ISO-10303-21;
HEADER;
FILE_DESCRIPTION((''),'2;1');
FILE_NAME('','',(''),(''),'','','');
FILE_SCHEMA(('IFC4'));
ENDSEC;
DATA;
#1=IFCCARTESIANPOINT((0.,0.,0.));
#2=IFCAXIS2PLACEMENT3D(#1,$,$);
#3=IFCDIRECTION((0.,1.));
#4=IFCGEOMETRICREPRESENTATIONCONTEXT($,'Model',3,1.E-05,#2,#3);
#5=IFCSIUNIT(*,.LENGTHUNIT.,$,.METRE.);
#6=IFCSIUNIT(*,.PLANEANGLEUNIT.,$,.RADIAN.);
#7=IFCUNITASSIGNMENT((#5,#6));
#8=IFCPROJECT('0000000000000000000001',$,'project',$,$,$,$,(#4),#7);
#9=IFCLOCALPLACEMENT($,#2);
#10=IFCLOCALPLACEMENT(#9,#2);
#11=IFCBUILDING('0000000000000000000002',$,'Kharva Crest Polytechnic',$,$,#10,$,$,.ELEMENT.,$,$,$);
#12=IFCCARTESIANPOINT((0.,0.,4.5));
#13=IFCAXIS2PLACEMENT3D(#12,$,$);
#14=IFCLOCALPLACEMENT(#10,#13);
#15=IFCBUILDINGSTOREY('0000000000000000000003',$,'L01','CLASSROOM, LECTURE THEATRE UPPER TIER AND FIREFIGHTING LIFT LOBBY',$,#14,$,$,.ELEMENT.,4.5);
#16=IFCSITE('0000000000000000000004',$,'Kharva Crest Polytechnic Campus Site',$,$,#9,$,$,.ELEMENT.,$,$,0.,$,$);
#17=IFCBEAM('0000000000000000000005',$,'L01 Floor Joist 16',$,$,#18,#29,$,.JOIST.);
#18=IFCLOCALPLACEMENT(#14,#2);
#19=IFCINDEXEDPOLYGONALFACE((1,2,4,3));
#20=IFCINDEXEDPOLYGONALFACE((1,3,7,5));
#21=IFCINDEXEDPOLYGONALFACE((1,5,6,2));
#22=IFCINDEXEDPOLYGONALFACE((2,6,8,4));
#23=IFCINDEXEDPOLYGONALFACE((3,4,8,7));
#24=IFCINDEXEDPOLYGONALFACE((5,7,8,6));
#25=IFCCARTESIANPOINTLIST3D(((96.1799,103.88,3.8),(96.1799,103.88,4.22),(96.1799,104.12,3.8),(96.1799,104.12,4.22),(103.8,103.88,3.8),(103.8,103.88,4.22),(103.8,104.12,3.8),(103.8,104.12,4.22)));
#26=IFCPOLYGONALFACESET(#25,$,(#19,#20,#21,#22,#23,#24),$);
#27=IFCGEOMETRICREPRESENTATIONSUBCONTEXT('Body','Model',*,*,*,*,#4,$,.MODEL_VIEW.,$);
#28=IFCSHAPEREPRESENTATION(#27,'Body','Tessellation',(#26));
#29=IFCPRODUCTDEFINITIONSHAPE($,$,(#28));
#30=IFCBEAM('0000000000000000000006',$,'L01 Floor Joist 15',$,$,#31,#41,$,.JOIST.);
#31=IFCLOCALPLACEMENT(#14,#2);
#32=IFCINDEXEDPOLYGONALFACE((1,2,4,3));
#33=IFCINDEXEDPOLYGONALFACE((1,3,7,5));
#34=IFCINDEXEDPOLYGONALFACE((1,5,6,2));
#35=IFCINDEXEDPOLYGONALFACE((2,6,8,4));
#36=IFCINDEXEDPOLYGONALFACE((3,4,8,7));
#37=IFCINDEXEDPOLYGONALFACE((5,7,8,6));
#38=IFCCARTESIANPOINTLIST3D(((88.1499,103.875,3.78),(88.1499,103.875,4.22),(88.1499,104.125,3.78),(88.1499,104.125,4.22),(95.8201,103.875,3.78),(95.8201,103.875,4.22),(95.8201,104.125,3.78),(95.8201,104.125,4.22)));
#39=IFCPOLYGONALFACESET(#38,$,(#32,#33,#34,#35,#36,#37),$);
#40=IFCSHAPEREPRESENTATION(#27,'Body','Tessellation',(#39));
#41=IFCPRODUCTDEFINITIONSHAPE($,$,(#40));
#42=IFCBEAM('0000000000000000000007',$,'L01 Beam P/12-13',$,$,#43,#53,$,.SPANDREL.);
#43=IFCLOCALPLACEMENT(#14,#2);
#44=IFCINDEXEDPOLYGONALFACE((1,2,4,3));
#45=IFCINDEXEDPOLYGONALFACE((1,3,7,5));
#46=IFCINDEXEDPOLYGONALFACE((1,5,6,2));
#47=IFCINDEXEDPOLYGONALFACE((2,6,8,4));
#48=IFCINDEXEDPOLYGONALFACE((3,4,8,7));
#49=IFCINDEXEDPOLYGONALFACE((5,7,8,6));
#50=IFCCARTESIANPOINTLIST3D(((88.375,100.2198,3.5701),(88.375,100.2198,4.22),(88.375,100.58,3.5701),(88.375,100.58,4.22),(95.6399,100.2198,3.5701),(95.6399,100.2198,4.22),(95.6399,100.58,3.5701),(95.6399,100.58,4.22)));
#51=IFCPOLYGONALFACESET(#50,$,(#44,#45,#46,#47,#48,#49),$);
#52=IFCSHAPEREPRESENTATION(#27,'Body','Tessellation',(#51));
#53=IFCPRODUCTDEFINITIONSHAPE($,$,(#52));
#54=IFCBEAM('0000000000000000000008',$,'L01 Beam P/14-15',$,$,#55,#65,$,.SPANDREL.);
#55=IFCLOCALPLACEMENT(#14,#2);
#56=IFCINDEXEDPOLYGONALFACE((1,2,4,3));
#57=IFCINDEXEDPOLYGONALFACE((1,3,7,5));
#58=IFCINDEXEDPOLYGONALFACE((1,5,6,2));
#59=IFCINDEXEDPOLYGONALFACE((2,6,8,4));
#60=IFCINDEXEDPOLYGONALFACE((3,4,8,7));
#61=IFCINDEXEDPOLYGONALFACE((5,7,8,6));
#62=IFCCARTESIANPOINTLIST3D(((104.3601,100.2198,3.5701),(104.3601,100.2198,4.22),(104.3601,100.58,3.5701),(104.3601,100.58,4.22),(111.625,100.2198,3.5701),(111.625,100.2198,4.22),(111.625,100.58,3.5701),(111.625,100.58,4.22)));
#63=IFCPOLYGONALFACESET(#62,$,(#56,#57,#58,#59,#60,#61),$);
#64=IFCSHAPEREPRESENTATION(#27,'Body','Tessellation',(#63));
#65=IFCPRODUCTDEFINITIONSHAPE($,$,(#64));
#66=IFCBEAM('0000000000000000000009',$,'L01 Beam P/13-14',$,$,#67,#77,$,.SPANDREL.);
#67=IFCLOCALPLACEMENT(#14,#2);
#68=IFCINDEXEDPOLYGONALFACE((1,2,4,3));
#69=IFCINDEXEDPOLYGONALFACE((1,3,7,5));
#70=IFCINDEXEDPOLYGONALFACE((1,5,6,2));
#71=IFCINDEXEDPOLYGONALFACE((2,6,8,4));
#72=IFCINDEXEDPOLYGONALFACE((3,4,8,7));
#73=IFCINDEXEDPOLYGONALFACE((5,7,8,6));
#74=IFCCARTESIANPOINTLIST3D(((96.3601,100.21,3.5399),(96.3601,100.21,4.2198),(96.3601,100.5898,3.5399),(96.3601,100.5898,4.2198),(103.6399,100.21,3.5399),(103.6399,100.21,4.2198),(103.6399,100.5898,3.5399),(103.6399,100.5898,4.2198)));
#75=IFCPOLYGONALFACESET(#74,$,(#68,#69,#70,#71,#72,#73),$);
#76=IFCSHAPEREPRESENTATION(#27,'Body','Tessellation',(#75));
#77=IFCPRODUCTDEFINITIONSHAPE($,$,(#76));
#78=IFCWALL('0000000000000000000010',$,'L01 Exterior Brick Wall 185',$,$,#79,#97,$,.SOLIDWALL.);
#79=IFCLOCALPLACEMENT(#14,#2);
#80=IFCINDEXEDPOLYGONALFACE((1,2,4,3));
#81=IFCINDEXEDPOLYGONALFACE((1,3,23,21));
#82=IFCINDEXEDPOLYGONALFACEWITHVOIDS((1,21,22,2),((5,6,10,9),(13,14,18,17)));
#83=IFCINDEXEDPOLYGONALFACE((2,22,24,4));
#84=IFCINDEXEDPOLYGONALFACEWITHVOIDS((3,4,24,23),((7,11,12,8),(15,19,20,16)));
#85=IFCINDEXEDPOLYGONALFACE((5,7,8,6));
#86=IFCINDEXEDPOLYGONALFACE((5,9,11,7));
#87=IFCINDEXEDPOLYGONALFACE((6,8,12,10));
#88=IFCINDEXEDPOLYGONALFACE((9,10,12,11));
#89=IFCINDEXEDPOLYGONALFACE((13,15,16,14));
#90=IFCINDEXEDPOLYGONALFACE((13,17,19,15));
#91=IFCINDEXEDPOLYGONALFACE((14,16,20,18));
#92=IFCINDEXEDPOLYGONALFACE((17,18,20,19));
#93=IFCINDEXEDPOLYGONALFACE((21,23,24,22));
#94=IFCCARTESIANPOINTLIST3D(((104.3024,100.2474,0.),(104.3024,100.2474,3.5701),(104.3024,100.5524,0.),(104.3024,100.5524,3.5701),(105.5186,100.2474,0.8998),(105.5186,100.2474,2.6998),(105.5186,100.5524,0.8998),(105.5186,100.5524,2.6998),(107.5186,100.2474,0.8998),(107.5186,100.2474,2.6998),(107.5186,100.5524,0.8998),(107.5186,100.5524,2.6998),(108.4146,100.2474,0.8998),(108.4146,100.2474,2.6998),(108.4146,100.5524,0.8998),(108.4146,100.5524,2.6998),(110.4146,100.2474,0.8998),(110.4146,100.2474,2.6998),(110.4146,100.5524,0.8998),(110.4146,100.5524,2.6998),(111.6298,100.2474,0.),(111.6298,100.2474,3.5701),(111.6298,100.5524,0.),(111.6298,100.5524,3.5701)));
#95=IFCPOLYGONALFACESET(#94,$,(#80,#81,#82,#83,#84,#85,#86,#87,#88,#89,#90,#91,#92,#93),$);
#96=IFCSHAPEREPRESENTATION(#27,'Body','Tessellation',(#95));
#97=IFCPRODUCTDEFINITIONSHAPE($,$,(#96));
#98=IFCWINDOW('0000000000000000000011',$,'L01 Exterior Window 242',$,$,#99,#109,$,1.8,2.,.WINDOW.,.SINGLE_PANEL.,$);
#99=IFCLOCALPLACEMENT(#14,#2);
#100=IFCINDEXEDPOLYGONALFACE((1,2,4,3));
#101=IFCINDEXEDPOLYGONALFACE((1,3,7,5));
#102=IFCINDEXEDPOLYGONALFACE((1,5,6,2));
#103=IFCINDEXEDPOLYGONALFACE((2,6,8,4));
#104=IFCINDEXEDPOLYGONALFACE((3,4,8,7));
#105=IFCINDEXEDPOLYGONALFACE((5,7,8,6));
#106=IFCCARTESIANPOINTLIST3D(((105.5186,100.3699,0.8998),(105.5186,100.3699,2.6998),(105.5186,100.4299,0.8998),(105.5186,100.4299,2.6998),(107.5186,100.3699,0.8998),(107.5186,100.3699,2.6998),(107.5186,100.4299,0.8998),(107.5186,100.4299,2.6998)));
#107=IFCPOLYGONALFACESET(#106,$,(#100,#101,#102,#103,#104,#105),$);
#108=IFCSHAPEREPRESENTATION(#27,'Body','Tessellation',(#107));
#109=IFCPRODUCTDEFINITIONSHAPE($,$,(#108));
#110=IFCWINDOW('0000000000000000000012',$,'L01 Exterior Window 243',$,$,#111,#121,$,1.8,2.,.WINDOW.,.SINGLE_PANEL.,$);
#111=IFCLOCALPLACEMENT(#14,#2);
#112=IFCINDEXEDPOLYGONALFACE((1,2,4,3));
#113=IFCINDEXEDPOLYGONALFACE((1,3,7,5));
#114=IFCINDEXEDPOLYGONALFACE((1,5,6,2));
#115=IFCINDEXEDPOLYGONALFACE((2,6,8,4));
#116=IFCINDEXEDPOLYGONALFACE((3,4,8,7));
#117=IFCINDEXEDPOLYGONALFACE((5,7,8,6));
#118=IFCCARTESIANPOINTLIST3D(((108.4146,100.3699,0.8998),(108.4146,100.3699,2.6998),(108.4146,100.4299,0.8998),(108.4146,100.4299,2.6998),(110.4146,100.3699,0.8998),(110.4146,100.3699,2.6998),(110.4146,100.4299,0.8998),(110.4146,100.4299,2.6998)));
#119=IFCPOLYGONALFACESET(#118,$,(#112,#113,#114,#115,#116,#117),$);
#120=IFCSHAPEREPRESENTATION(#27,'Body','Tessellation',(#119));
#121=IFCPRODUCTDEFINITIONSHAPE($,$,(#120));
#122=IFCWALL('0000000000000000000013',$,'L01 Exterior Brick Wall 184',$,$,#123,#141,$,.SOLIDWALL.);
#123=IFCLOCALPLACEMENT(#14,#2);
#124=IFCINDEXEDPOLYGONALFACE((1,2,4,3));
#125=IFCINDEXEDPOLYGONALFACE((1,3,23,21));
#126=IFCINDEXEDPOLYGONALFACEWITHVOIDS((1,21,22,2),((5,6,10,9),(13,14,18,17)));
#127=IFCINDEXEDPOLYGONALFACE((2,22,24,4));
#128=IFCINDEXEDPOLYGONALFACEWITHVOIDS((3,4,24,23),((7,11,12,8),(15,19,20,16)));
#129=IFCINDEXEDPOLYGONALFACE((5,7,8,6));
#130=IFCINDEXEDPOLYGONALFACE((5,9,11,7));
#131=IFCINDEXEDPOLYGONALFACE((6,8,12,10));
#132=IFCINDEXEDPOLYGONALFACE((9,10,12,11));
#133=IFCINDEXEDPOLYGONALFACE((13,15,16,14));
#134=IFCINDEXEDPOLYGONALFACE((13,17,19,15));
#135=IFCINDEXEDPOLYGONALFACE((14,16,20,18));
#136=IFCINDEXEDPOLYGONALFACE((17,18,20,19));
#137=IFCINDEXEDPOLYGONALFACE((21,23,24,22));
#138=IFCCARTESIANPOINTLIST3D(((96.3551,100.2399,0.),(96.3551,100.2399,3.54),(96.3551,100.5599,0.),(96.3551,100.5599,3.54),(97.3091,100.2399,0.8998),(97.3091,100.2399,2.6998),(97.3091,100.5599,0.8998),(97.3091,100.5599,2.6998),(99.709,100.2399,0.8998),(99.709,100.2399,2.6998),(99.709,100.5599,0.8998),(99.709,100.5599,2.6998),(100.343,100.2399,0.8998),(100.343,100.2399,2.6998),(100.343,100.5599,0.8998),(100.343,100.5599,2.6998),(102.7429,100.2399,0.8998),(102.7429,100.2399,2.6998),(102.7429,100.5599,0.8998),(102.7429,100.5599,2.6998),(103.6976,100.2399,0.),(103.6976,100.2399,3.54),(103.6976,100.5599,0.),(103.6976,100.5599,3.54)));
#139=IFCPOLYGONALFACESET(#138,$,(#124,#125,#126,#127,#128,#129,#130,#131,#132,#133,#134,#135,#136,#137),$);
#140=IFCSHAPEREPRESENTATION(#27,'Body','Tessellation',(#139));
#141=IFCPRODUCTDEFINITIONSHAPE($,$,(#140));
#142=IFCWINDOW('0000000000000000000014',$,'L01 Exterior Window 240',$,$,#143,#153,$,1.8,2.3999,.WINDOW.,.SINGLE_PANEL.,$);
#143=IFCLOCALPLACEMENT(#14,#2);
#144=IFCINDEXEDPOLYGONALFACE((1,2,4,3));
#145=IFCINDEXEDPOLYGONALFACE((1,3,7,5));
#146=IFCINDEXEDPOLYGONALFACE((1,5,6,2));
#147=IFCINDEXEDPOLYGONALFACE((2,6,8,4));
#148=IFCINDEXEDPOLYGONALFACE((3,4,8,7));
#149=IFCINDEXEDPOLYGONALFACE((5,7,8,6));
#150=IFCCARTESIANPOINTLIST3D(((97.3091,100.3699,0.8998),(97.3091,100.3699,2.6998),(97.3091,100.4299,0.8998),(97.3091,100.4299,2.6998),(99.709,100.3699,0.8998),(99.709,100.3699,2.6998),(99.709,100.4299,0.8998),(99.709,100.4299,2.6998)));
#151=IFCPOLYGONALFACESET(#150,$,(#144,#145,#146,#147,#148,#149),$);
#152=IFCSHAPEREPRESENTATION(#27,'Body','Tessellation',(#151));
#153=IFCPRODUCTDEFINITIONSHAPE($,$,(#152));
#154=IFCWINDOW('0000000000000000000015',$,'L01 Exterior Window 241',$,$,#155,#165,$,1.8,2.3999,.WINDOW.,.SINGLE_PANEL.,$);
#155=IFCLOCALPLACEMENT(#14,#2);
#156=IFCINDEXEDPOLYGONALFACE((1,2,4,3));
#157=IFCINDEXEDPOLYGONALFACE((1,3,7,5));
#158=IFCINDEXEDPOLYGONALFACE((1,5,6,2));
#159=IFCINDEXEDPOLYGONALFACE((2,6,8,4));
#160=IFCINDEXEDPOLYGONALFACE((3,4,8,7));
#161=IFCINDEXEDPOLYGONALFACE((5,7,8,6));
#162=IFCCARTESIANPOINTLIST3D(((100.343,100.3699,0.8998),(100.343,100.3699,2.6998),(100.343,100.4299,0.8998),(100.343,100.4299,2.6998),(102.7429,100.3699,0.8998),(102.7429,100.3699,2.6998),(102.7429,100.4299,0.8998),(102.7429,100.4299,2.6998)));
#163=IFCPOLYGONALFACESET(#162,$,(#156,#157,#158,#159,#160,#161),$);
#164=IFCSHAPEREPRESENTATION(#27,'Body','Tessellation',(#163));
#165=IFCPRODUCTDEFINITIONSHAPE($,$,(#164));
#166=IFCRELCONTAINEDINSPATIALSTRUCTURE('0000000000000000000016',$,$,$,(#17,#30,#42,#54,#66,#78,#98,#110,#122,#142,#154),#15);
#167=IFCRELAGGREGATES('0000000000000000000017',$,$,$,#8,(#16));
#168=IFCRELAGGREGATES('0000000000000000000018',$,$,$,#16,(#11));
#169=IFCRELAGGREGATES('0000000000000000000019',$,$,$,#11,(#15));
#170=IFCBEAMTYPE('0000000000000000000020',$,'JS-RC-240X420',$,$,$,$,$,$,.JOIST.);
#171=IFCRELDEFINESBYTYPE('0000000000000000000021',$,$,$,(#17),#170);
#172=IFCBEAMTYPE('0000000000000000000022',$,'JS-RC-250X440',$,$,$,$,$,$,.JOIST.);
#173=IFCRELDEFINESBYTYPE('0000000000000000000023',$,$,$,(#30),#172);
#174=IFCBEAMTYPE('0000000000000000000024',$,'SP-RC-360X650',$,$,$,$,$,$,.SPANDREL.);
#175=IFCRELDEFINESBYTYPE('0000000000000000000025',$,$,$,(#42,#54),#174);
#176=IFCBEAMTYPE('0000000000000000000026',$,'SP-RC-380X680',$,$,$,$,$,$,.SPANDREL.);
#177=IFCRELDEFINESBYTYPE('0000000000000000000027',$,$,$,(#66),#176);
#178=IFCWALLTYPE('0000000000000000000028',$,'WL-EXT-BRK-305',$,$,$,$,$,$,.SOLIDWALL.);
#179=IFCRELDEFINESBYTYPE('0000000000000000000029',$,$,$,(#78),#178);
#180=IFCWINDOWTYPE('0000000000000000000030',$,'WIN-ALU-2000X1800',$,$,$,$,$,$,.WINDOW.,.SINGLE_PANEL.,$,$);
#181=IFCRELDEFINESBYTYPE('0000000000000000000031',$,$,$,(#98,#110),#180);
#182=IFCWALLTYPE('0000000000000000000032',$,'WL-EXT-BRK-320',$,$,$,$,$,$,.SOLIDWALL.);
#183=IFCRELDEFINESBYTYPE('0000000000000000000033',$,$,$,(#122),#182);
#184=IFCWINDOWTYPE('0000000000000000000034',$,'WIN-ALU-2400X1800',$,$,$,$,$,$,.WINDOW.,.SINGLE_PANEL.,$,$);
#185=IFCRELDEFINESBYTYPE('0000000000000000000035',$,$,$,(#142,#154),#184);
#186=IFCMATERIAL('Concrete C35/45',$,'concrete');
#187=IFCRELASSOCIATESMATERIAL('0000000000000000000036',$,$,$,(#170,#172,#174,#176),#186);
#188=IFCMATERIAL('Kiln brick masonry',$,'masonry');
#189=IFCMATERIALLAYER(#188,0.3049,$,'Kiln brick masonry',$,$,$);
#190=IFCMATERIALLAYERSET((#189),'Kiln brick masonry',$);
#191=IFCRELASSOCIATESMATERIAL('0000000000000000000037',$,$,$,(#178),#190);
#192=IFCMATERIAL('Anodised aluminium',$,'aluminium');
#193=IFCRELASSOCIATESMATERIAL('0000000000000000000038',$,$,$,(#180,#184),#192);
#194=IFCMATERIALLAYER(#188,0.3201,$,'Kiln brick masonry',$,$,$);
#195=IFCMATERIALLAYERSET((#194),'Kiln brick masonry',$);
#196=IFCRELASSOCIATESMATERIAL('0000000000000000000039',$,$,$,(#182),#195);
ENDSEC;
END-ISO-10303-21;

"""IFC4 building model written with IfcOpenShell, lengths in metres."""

from ifc_helpers import new_model, si_unit, direction, frame, frame_2d, origin, origin_2d, place, context, subcontext, project, spatial, rectangle, extrude, material, layer, layer_set, material_profile, profile_set, type_object, element, fill, save


model = new_model("IFC4")

# Units and contexts
model_context = context("Model", 3, precision=1e-05, world=origin(), true_north=direction((0.0, 1.0)))
body_context = subcontext(model_context, "Body", "Model", "MODEL_VIEW")
ifc_project = project(units=[si_unit("LENGTHUNIT", "METRE"), si_unit("PLANEANGLEUNIT", "RADIAN")], contexts=[model_context])

# Site, building, storey
site_placement = place(None, origin())
site = spatial("IfcSite", under=ifc_project, at=site_placement, Name="Kharva Crest Polytechnic Campus Site", CompositionType="ELEMENT", RefElevation=0.0)
building_placement = place(site_placement, origin())
building = spatial("IfcBuilding", under=site, at=building_placement, Name="Kharva Crest Polytechnic", CompositionType="ELEMENT")
storey_placement = place(building_placement, frame((0.0, 0.0, 4.5)))
storey = spatial("IfcBuildingStorey", under=building, at=storey_placement, Name="L01", Description="CLASSROOM, LECTURE THEATRE UPPER TIER AND FIREFIGHTING LIFT LOBBY", CompositionType="ELEMENT", Elevation=4.5)

# Beams
ifc_material_1 = material(Name="Concrete C35/45", Category="concrete")
ifc_material_profile_1 = material_profile(ifc_material_1, rectangle(XDim=0.24, YDim=0.4199, at=origin_2d()), Name="RECT 240 X 420")
ifc_profile_set_1 = profile_set([ifc_material_profile_1], Name="Concrete C35/45")
beam_type_1 = type_object("IfcBeamType", Name="JS-RC-240X420", PredefinedType="JOIST", material=ifc_profile_set_1)
beam_1_placement = place(storey_placement, frame((96.1799, 104.0, 4.01), z_axis=(1.0, 0.0, 0.0), x_axis=(0.0, 1.0, 0.0)))
element("IfcBeam", 1, at=beam_1_placement, inside=storey, type_object=beam_type_1, Name="L01 Floor Joist 16", PredefinedType="JOIST", context=body_context, shape_type="SweptSolid", body=[
    extrude(rectangle(XDim=0.24, YDim=0.4199, at=origin_2d()), origin(), (0.0, 0.0, 1.0), 7.6201),
])
ifc_material_profile_2 = material_profile(ifc_material_1, rectangle(XDim=0.25, YDim=0.4399, at=origin_2d()), Name="RECT 250 X 440")
ifc_profile_set_2 = profile_set([ifc_material_profile_2], Name="Concrete C35/45")
beam_type_2 = type_object("IfcBeamType", Name="JS-RC-250X440", PredefinedType="JOIST", material=ifc_profile_set_2)
beam_2_placement = place(storey_placement, frame((88.1499, 104.0, 4.0), z_axis=(1.0, 0.0, 0.0), x_axis=(0.0, 1.0, 0.0)))
element("IfcBeam", 2, at=beam_2_placement, inside=storey, type_object=beam_type_2, Name="L01 Floor Joist 15", PredefinedType="JOIST", context=body_context, shape_type="SweptSolid", body=[
    extrude(rectangle(XDim=0.25, YDim=0.4399, at=origin_2d()), origin(), (0.0, 0.0, 1.0), 7.6702),
])
ifc_material_profile_3 = material_profile(ifc_material_1, rectangle(XDim=0.3601, YDim=0.6499, at=origin_2d()), Name="RECT 360 X 650")
ifc_profile_set_3 = profile_set([ifc_material_profile_3], Name="Concrete C35/45")
beam_type_3 = type_object("IfcBeamType", Name="SP-RC-360X650", PredefinedType="SPANDREL", material=ifc_profile_set_3)
for number, where, z_axis, x_axis, name in (
    (3, (88.375, 100.3999, 3.895), (1.0, 0.0, 0.0), (0.0, 1.0, 0.0), "L01 Beam P/12-13"),
    (4, (104.3601, 100.3999, 3.895), (1.0, 0.0, 0.0), (0.0, 1.0, 0.0), "L01 Beam P/14-15"),
):
    element("IfcBeam", number, at=place(storey_placement, frame(where, z_axis=z_axis, x_axis=x_axis)), inside=storey, type_object=beam_type_3, Name=name, PredefinedType="SPANDREL", context=body_context, shape_type="SweptSolid", body=[
        extrude(rectangle(XDim=0.3601, YDim=0.6499, at=origin_2d()), origin(), (0.0, 0.0, 1.0), 7.2649),
    ])
ifc_material_profile_4 = material_profile(ifc_material_1, rectangle(XDim=0.3799, YDim=0.6799, at=origin_2d()), Name="RECT 380 X 680")
ifc_profile_set_4 = profile_set([ifc_material_profile_4], Name="Concrete C35/45")
beam_type_4 = type_object("IfcBeamType", Name="SP-RC-380X680", PredefinedType="SPANDREL", material=ifc_profile_set_4)
beam_3_placement = place(storey_placement, frame((96.3601, 100.3999, 3.8799), z_axis=(1.0, 0.0, 0.0), x_axis=(0.0, 1.0, 0.0)))
element("IfcBeam", 5, at=beam_3_placement, inside=storey, type_object=beam_type_4, Name="L01 Beam P/13-14", PredefinedType="SPANDREL", context=body_context, shape_type="SweptSolid", body=[
    extrude(rectangle(XDim=0.3799, YDim=0.6799, at=origin_2d()), origin(), (0.0, 0.0, 1.0), 7.2798),
])

# Walls, openings, windows
ifc_material_2 = material(Name="Kiln brick masonry", Category="masonry")
ifc_layer_1 = layer(ifc_material_2, 0.3049, Name="Kiln brick masonry")
ifc_layer_set_1 = layer_set([ifc_layer_1], Name="Kiln brick masonry")
wall_type_1 = type_object("IfcWallType", Name="WL-EXT-BRK-305", PredefinedType="SOLIDWALL", material=ifc_layer_set_1)
wall_1_placement = place(storey_placement, frame((104.3025, 100.3999, 0.0), z_axis=(0.0, 0.0, 1.0), x_axis=(1.0, 0.0, 0.0)))
wall_1 = element("IfcWall", 6, at=wall_1_placement, inside=storey, type_object=wall_type_1, Name="L01 Exterior Brick Wall 185", PredefinedType="SOLIDWALL", context=body_context, shape_type="SweptSolid", body=[
    extrude(rectangle(XDim=7.3274, YDim=0.3049, at=frame_2d((3.6636, 0.0))), origin(), (0.0, 0.0, 1.0), 3.5701),
])
opening_1_placement = place(wall_1_placement, frame((1.2161, 0.0, 0.8999)))
opening_1 = element("IfcOpeningElement", 7, at=opening_1_placement, cuts=wall_1, PredefinedType="OPENING", context=body_context, shape_type="SweptSolid", body=[
    extrude(rectangle(XDim=2.0, YDim=1.8, at=frame_2d((1.0, 0.8999))), frame((0.0, 0.1624, 0.0), z_axis=(0.0, -1.0, 0.0), x_axis=(1.0, 0.0, 0.0)), (0.0, 0.0, 1.0), 0.325),
])
opening_2_placement = place(wall_1_placement, frame((4.1121, 0.0, 0.8999)))
opening_2 = element("IfcOpeningElement", 8, at=opening_2_placement, cuts=wall_1, PredefinedType="OPENING", context=body_context, shape_type="SweptSolid", body=[
    extrude(rectangle(XDim=2.0, YDim=1.8, at=frame_2d((1.0, 0.8999))), frame((0.0, 0.1624, 0.0), z_axis=(0.0, -1.0, 0.0), x_axis=(1.0, 0.0, 0.0)), (0.0, 0.0, 1.0), 0.325),
])
ifc_material_3 = material(Name="Anodised aluminium", Category="aluminium")
window_type_1 = type_object("IfcWindowType", Name="WIN-ALU-2000X1800", PartitioningType="SINGLE_PANEL", PredefinedType="WINDOW", material=ifc_material_3)
window_1_placement = place(opening_1_placement, origin())
window_1 = element("IfcWindow", 9, at=window_1_placement, inside=storey, type_object=window_type_1, Name="L01 Exterior Window 242", OverallHeight=1.8, OverallWidth=2.0, PartitioningType="SINGLE_PANEL", PredefinedType="WINDOW", context=body_context, shape_type="SweptSolid", body=[
    extrude(rectangle(XDim=2.0, YDim=1.8, at=frame_2d((1.0, 0.8999))), frame((0.0, 0.03, 0.0), z_axis=(0.0, -1.0, 0.0), x_axis=(1.0, 0.0, 0.0)), (0.0, 0.0, 1.0), 0.0601),
])
fill(opening_1, window_1)
window_2_placement = place(opening_2_placement, origin())
window_2 = element("IfcWindow", 10, at=window_2_placement, inside=storey, type_object=window_type_1, Name="L01 Exterior Window 243", OverallHeight=1.8, OverallWidth=2.0, PartitioningType="SINGLE_PANEL", PredefinedType="WINDOW", context=body_context, shape_type="SweptSolid", body=[
    extrude(rectangle(XDim=2.0, YDim=1.8, at=frame_2d((1.0, 0.8999))), frame((0.0, 0.03, 0.0), z_axis=(0.0, -1.0, 0.0), x_axis=(1.0, 0.0, 0.0)), (0.0, 0.0, 1.0), 0.0601),
])
fill(opening_2, window_2)
ifc_layer_2 = layer(ifc_material_2, 0.3201, Name="Kiln brick masonry")
ifc_layer_set_2 = layer_set([ifc_layer_2], Name="Kiln brick masonry")
wall_type_2 = type_object("IfcWallType", Name="WL-EXT-BRK-320", PredefinedType="SOLIDWALL", material=ifc_layer_set_2)
wall_2_placement = place(storey_placement, frame((96.355, 100.3999, 0.0), z_axis=(0.0, 0.0, 1.0), x_axis=(1.0, 0.0, 0.0)))
wall_2 = element("IfcWall", 11, at=wall_2_placement, inside=storey, type_object=wall_type_2, Name="L01 Exterior Brick Wall 184", PredefinedType="SOLIDWALL", context=body_context, shape_type="SweptSolid", body=[
    extrude(rectangle(XDim=7.3425, YDim=0.3201, at=frame_2d((3.6714, 0.0))), origin(), (0.0, 0.0, 1.0), 3.54),
])
opening_3_placement = place(wall_2_placement, frame((0.9541, 0.0, 0.8999)))
opening_3 = element("IfcOpeningElement", 12, at=opening_3_placement, cuts=wall_2, PredefinedType="OPENING", context=body_context, shape_type="SweptSolid", body=[
    extrude(rectangle(XDim=2.3999, YDim=1.8, at=frame_2d((1.2, 0.8999))), frame((0.0, 0.1699, 0.0), z_axis=(0.0, -1.0, 0.0), x_axis=(1.0, 0.0, 0.0)), (0.0, 0.0, 1.0), 0.3401),
])
opening_4_placement = place(wall_2_placement, frame((3.988, 0.0, 0.8999)))
opening_4 = element("IfcOpeningElement", 13, at=opening_4_placement, cuts=wall_2, PredefinedType="OPENING", context=body_context, shape_type="SweptSolid", body=[
    extrude(rectangle(XDim=2.3999, YDim=1.8, at=frame_2d((1.2, 0.8999))), frame((0.0, 0.1699, 0.0), z_axis=(0.0, -1.0, 0.0), x_axis=(1.0, 0.0, 0.0)), (0.0, 0.0, 1.0), 0.3401),
])
window_type_2 = type_object("IfcWindowType", Name="WIN-ALU-2400X1800", PartitioningType="SINGLE_PANEL", PredefinedType="WINDOW", material=ifc_material_3)
window_3_placement = place(opening_3_placement, origin())
window_3 = element("IfcWindow", 14, at=window_3_placement, inside=storey, type_object=window_type_2, Name="L01 Exterior Window 240", OverallHeight=1.8, OverallWidth=2.3999, PartitioningType="SINGLE_PANEL", PredefinedType="WINDOW", context=body_context, shape_type="SweptSolid", body=[
    extrude(rectangle(XDim=2.3999, YDim=1.8, at=frame_2d((1.2, 0.8999))), frame((0.0, 0.03, 0.0), z_axis=(0.0, -1.0, 0.0), x_axis=(1.0, 0.0, 0.0)), (0.0, 0.0, 1.0), 0.0601),
])
fill(opening_3, window_3)
window_4_placement = place(opening_4_placement, origin())
window_4 = element("IfcWindow", 15, at=window_4_placement, inside=storey, type_object=window_type_2, Name="L01 Exterior Window 241", OverallHeight=1.8, OverallWidth=2.3999, PartitioningType="SINGLE_PANEL", PredefinedType="WINDOW", context=body_context, shape_type="SweptSolid", body=[
    extrude(rectangle(XDim=2.3999, YDim=1.8, at=frame_2d((1.2, 0.8999))), frame((0.0, 0.03, 0.0), z_axis=(0.0, -1.0, 0.0), x_axis=(1.0, 0.0, 0.0)), (0.0, 0.0, 1.0), 0.0601),
])
fill(opening_4, window_4)

save(model, "model.ifc")
